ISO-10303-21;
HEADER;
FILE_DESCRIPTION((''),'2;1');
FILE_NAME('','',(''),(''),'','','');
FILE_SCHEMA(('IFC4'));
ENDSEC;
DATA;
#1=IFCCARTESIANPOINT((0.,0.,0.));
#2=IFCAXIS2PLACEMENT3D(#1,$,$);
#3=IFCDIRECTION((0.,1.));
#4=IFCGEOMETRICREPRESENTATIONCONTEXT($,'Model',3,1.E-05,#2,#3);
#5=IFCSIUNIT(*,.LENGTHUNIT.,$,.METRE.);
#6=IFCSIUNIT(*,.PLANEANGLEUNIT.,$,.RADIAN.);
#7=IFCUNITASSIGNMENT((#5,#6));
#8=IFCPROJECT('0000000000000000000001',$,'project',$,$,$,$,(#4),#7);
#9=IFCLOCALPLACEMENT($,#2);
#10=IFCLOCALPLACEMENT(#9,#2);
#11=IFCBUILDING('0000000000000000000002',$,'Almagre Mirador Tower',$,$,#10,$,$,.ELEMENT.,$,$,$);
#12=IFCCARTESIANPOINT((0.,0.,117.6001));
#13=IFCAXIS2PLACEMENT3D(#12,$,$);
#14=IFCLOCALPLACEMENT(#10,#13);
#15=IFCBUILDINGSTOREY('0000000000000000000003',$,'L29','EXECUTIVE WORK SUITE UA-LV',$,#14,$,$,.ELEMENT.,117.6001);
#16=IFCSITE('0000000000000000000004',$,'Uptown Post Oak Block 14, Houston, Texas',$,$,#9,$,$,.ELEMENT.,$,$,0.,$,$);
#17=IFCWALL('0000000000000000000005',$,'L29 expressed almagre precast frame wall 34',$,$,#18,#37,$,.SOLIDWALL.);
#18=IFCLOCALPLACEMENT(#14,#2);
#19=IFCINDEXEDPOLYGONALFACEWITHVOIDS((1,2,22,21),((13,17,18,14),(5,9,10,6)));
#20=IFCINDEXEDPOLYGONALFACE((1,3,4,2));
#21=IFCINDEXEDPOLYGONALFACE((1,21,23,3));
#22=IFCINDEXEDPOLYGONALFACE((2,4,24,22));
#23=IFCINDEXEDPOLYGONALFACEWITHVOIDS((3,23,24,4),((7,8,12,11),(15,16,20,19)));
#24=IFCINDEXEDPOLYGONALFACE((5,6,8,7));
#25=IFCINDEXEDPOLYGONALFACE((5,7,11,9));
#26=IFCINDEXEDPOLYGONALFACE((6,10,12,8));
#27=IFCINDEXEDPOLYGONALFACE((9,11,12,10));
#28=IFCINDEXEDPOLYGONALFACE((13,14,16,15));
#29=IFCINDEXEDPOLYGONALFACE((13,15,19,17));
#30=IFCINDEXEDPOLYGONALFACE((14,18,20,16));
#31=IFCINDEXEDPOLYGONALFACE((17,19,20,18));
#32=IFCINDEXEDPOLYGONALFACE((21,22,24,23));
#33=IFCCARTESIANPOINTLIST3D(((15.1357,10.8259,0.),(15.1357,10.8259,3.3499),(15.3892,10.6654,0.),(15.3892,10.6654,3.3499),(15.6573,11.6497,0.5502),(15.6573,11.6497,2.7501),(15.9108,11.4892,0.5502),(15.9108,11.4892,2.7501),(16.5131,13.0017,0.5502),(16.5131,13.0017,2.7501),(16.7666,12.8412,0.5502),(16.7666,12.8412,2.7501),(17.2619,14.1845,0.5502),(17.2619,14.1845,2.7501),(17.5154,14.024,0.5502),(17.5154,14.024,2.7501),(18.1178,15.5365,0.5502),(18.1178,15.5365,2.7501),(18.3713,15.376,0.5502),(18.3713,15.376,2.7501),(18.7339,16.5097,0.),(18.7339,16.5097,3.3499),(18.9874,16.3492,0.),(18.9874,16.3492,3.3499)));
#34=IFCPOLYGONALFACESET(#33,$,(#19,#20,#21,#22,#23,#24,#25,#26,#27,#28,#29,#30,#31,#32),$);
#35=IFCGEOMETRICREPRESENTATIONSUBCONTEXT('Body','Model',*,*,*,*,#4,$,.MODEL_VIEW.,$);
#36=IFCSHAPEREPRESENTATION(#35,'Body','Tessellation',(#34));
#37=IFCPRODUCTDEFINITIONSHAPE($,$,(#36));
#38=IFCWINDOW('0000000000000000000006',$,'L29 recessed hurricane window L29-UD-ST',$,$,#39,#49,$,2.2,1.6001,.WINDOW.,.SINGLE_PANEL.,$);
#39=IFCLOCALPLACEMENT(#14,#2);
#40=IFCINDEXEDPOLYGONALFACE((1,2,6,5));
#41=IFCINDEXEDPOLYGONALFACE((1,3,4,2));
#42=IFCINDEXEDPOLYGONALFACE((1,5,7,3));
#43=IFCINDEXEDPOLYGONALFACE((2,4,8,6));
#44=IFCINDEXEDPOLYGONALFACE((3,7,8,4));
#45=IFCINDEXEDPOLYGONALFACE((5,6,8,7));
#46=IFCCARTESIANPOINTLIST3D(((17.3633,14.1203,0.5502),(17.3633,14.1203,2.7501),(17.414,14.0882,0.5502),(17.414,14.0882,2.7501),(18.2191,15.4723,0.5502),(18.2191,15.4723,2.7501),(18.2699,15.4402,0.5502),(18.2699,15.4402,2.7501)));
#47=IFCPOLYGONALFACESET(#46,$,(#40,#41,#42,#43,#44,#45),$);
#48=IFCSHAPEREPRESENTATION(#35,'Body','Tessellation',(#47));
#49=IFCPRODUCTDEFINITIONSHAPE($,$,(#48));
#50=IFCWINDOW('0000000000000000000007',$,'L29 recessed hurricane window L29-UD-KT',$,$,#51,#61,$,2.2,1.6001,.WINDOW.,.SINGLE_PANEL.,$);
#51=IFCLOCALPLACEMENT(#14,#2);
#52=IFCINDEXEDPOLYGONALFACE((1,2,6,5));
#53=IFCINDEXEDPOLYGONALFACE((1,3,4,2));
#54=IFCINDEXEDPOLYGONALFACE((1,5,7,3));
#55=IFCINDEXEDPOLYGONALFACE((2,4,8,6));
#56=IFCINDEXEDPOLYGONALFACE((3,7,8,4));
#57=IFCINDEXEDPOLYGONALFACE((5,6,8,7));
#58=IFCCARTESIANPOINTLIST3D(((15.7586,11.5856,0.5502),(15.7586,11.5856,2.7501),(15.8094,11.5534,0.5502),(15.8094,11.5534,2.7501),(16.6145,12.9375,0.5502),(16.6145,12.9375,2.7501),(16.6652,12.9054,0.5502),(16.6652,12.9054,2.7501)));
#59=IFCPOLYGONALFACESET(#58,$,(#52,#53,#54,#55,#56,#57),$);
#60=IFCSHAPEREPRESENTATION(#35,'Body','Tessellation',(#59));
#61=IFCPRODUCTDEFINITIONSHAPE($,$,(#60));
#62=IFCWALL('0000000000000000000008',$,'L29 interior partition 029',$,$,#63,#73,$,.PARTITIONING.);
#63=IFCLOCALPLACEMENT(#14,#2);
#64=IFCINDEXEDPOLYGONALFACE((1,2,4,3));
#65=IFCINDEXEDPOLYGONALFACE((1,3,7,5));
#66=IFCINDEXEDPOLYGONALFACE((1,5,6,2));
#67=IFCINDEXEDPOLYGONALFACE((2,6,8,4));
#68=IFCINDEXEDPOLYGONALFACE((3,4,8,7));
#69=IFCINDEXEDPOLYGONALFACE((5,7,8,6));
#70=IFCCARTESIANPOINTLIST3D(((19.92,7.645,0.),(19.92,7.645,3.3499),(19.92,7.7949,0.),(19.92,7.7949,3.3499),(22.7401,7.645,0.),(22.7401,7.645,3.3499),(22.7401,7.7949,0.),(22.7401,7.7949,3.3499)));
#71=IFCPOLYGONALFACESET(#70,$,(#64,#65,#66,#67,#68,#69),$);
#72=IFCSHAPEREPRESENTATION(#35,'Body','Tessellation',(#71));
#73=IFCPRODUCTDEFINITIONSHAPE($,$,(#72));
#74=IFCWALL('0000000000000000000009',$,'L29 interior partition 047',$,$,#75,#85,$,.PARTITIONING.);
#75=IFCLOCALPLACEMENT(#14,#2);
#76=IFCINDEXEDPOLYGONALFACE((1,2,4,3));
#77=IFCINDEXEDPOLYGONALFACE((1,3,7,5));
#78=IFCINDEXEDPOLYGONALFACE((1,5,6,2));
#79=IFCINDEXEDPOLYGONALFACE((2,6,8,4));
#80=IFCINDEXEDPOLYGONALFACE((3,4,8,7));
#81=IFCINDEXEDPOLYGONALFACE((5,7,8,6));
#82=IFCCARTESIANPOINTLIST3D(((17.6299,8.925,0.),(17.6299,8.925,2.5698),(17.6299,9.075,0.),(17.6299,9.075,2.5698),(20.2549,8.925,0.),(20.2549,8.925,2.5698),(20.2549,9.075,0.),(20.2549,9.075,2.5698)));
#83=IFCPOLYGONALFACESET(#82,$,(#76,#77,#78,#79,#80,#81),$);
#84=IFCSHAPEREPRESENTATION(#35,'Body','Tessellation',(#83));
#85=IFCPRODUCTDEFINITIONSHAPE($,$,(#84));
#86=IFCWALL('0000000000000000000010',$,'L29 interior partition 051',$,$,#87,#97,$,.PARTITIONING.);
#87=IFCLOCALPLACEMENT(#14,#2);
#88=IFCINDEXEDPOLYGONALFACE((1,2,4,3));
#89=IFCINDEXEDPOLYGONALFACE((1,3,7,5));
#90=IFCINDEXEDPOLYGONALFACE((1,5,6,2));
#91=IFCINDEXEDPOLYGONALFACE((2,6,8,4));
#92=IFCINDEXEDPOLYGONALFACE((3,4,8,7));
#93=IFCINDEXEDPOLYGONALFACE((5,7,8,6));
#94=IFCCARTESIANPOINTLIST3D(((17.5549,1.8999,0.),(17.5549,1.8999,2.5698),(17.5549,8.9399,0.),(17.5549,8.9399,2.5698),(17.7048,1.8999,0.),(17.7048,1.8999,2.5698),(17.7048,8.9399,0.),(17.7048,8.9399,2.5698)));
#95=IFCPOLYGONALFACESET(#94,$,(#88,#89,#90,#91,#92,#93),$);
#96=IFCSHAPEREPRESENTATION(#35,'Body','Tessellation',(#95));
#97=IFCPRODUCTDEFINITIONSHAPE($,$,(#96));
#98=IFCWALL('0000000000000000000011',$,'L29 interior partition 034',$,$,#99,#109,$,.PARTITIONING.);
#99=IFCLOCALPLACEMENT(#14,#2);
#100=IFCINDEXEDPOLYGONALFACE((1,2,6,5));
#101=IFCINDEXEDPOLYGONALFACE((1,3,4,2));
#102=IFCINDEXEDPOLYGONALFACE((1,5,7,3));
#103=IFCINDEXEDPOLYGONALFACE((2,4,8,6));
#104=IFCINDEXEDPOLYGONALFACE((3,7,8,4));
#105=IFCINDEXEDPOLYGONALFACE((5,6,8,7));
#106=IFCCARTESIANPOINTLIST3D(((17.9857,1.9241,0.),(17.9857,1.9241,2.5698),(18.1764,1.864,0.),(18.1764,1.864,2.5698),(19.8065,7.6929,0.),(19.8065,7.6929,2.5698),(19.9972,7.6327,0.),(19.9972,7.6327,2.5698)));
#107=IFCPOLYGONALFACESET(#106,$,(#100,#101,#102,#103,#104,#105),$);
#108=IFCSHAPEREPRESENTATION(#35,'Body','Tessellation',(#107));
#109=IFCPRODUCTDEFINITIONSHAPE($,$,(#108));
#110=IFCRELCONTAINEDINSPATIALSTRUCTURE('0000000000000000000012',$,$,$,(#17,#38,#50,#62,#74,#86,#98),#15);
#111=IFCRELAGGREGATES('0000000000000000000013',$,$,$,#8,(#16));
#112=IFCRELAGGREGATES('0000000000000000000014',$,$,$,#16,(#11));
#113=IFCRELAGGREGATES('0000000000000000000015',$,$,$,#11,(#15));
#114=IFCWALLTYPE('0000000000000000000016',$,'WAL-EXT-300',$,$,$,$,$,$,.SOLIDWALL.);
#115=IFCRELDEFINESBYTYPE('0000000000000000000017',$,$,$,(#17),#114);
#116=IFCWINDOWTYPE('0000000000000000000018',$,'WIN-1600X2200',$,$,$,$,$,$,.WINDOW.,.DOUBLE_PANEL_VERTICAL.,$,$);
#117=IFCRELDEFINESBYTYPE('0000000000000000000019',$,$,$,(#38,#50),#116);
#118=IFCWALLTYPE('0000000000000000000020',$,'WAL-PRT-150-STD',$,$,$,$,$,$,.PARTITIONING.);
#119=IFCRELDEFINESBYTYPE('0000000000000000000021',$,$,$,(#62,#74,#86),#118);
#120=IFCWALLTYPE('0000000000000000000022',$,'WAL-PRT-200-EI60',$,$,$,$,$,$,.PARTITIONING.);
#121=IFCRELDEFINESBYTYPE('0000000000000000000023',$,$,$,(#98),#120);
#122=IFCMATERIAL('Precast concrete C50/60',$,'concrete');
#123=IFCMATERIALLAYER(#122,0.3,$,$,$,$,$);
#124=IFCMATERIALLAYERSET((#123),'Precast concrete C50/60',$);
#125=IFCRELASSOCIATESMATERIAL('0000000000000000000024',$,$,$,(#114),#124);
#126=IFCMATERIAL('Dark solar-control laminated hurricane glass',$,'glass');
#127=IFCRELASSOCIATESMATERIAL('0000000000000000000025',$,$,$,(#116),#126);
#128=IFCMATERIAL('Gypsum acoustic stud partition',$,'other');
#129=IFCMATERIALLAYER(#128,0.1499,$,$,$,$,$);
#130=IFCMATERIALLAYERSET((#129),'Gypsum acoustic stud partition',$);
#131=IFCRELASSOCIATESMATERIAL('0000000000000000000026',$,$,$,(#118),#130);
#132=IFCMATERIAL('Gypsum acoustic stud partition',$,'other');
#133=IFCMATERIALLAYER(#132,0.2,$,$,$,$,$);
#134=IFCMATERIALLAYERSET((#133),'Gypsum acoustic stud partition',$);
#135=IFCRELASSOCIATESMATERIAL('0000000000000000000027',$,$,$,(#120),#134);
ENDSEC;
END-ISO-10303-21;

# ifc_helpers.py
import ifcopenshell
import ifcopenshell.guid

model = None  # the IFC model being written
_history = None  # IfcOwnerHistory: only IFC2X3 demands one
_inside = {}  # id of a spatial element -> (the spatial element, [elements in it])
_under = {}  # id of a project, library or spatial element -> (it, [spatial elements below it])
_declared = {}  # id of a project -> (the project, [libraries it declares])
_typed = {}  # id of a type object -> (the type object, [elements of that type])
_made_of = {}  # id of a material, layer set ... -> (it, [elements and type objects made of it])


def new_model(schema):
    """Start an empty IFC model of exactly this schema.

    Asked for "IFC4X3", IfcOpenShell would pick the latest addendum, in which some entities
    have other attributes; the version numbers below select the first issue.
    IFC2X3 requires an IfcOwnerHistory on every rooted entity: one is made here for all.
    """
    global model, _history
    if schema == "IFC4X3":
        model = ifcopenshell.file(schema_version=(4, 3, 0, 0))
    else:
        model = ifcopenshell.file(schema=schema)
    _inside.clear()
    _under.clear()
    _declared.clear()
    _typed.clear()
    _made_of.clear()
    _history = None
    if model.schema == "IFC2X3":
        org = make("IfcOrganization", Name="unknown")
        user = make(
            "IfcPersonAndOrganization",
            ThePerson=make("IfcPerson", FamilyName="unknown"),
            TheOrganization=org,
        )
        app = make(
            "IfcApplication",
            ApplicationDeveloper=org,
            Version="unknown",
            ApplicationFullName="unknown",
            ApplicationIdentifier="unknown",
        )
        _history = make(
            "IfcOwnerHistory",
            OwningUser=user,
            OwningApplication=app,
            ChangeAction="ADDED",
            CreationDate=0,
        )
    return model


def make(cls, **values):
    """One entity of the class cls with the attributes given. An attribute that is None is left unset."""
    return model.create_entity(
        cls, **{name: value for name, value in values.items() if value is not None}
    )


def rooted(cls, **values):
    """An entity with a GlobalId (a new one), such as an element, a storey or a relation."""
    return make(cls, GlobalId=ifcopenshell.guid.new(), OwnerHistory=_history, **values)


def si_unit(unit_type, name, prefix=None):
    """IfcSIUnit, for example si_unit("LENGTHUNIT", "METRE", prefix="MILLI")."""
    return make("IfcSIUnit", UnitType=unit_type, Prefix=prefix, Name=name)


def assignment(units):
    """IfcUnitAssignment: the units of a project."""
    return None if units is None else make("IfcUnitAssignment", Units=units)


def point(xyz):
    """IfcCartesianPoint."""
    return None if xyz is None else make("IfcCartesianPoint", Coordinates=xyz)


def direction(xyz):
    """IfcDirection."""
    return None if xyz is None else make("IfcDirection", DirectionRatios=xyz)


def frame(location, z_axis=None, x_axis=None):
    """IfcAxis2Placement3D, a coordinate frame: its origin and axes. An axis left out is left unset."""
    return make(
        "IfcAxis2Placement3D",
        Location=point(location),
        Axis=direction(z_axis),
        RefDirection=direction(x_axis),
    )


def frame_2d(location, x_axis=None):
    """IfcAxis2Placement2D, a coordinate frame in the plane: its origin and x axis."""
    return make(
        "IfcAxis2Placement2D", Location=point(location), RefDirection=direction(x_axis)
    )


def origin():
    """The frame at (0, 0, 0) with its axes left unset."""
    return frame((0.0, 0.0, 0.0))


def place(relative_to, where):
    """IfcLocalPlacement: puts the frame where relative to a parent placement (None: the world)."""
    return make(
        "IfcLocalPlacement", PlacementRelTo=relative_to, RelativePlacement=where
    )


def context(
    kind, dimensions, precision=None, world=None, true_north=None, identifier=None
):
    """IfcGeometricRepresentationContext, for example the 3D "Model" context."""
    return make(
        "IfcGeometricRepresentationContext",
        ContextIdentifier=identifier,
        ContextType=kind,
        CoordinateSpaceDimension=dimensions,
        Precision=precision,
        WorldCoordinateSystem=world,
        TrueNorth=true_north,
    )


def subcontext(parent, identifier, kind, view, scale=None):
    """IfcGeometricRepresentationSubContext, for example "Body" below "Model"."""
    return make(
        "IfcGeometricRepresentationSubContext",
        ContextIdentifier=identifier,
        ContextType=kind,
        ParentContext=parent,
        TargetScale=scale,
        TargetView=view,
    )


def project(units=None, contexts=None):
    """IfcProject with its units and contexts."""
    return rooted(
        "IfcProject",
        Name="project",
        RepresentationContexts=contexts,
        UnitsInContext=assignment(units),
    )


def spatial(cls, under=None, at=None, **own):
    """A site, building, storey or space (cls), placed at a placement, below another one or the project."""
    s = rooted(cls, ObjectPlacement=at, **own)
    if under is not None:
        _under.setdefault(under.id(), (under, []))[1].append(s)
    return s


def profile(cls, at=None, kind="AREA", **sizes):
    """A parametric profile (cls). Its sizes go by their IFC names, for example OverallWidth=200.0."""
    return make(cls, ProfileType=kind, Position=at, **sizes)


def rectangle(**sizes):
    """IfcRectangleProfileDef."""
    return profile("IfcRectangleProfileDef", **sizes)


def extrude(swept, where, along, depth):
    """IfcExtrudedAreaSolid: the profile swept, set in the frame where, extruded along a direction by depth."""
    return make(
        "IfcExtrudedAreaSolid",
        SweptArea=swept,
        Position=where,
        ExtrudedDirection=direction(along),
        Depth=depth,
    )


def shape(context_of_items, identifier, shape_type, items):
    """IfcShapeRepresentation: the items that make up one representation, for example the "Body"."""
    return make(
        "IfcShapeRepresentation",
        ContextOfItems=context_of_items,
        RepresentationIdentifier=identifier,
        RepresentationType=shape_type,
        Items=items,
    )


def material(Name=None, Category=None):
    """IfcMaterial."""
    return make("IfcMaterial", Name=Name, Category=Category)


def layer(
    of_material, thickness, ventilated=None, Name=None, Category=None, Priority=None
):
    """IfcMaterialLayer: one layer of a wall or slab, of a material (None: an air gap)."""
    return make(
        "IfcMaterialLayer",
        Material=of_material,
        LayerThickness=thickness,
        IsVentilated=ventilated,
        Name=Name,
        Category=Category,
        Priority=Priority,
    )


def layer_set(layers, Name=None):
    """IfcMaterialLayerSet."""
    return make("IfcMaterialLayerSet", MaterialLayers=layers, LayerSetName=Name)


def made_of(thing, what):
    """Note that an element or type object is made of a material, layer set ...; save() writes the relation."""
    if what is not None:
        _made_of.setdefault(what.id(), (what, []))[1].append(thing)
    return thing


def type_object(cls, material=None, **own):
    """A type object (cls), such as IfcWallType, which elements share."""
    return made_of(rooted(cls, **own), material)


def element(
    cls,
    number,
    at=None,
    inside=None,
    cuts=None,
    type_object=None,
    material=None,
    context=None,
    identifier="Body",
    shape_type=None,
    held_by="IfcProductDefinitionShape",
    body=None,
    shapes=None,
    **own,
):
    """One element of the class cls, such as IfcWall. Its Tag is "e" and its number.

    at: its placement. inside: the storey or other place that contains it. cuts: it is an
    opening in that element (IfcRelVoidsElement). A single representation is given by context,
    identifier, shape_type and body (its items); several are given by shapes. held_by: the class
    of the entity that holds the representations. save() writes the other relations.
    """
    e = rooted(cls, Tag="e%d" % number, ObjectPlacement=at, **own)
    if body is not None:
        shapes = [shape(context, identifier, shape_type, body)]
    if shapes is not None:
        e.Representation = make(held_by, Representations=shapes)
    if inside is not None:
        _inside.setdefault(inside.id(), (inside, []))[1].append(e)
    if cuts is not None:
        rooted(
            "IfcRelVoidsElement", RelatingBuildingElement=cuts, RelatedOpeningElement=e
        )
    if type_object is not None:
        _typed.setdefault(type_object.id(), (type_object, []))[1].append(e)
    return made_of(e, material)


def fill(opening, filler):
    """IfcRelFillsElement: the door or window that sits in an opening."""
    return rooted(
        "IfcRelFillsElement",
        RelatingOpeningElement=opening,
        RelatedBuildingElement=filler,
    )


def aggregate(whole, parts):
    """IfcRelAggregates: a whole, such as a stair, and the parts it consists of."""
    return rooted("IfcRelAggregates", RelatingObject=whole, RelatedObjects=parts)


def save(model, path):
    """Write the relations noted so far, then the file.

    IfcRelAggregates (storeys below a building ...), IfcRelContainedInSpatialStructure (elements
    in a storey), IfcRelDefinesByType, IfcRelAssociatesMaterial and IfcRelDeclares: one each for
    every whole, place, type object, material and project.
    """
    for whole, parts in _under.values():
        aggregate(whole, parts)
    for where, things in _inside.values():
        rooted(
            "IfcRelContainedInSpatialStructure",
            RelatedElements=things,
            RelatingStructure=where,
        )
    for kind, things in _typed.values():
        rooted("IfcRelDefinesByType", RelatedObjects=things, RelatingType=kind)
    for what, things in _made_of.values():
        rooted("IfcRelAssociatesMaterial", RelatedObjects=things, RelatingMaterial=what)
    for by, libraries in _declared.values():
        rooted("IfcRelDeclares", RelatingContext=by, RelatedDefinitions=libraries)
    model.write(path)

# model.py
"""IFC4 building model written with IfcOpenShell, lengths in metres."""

from ifc_helpers import new_model, si_unit, direction, frame, frame_2d, origin, place, context, subcontext, project, spatial, rectangle, extrude, material, layer, layer_set, type_object, element, fill, save


model = new_model("IFC4")

# Units and contexts
model_context = context("Model", 3, precision=1e-05, world=origin(), true_north=direction((0.0, 1.0)))
body_context = subcontext(model_context, "Body", "Model", "MODEL_VIEW")
ifc_project = project(units=[si_unit("LENGTHUNIT", "METRE"), si_unit("PLANEANGLEUNIT", "RADIAN")], contexts=[model_context])

# Site, building, storey
site_placement = place(None, origin())
site = spatial("IfcSite", under=ifc_project, at=site_placement, Name="Uptown Post Oak Block 14, Houston, Texas", CompositionType="ELEMENT", RefElevation=0.0)
building_placement = place(site_placement, origin())
building = spatial("IfcBuilding", under=site, at=building_placement, Name="Almagre Mirador Tower", CompositionType="ELEMENT")
storey_placement = place(building_placement, frame((0.0, 0.0, 117.6001)))
storey = spatial("IfcBuildingStorey", under=building, at=storey_placement, Name="L29", Description="EXECUTIVE WORK SUITE UA-LV", CompositionType="ELEMENT", Elevation=117.6001)

# Shared definitions
ifc_material_1 = material(Name="Precast concrete C50/60", Category="concrete")
ifc_layer_1 = layer(ifc_material_1, 0.3)
ifc_layer_set_1 = layer_set([ifc_layer_1], Name="Precast concrete C50/60")
wall_type_1 = type_object("IfcWallType", Name="WAL-EXT-300", PredefinedType="SOLIDWALL", material=ifc_layer_set_1)

# Wall, openings, windows
wall_1_placement = place(storey_placement, frame((15.2625, 10.7456, 0.0), z_axis=(0.0, 0.0, 1.0), x_axis=(0.53488, 0.844928, 0.0)))
wall_1 = element("IfcWall", 1, at=wall_1_placement, inside=storey, type_object=wall_type_1, Name="L29 expressed almagre precast frame wall 34", PredefinedType="SOLIDWALL", context=body_context, shape_type="SweptSolid", body=[
    extrude(rectangle(XDim=6.7271, YDim=0.3, at=frame_2d((3.3635, 0.0))), origin(), (0.0, 0.0, 1.0), 3.3499),
])
opening_1_placement = place(wall_1_placement, frame((3.9751, 0.0, 0.55)))
opening_1 = element("IfcOpeningElement", 2, at=opening_1_placement, cuts=wall_1, PredefinedType="OPENING", context=body_context, shape_type="SweptSolid", body=[
    extrude(rectangle(XDim=1.6001, YDim=2.2, at=frame_2d((0.8, 1.1001))), frame((0.0, 0.1599, 0.0), z_axis=(0.0, -1.0, 0.0), x_axis=(1.0, 0.0, 0.0)), (0.0, 0.0, 1.0), 0.32),
])
opening_2_placement = place(wall_1_placement, frame((0.9751, 0.0, 0.55)))
opening_2 = element("IfcOpeningElement", 3, at=opening_2_placement, cuts=wall_1, PredefinedType="OPENING", context=body_context, shape_type="SweptSolid", body=[
    extrude(rectangle(XDim=1.6001, YDim=2.2, at=frame_2d((0.8, 1.1001))), frame((0.0, 0.1599, 0.0), z_axis=(0.0, -1.0, 0.0), x_axis=(1.0, 0.0, 0.0)), (0.0, 0.0, 1.0), 0.32),
])
ifc_material_2 = material(Name="Dark solar-control laminated hurricane glass", Category="glass")
window_type_1 = type_object("IfcWindowType", Name="WIN-1600X2200", PartitioningType="DOUBLE_PANEL_VERTICAL", PredefinedType="WINDOW", material=ifc_material_2)
window_1_placement = place(opening_1_placement, origin())
window_1 = element("IfcWindow", 4, at=window_1_placement, inside=storey, type_object=window_type_1, Name="L29 recessed hurricane window L29-UD-ST", OverallHeight=2.2, OverallWidth=1.6001, PartitioningType="SINGLE_PANEL", PredefinedType="WINDOW", context=body_context, shape_type="SweptSolid", body=[
    extrude(rectangle(XDim=1.6001, YDim=2.2, at=frame_2d((0.8, 1.1001))), frame((0.0, 0.03, 0.0), z_axis=(0.0, -1.0, 0.0), x_axis=(1.0, 0.0, 0.0)), (0.0, 0.0, 1.0), 0.0601),
])
fill(opening_1, window_1)
window_2_placement = place(opening_2_placement, origin())
window_2 = element("IfcWindow", 5, at=window_2_placement, inside=storey, type_object=window_type_1, Name="L29 recessed hurricane window L29-UD-KT", OverallHeight=2.2, OverallWidth=1.6001, PartitioningType="SINGLE_PANEL", PredefinedType="WINDOW", context=body_context, shape_type="SweptSolid", body=[
    extrude(rectangle(XDim=1.6001, YDim=2.2, at=frame_2d((0.8, 1.1001))), frame((0.0, 0.03, 0.0), z_axis=(0.0, -1.0, 0.0), x_axis=(1.0, 0.0, 0.0)), (0.0, 0.0, 1.0), 0.0601),
])
fill(opening_2, window_2)

# Walls
ifc_material_3 = material(Name="Gypsum acoustic stud partition", Category="other")
ifc_layer_2 = layer(ifc_material_3, 0.1499)
ifc_layer_set_2 = layer_set([ifc_layer_2], Name="Gypsum acoustic stud partition")
wall_type_2 = type_object("IfcWallType", Name="WAL-PRT-150-STD", PredefinedType="PARTITIONING", material=ifc_layer_set_2)
wall_2_placement = place(storey_placement, frame((19.9199, 7.72, 0.0), z_axis=(0.0, 0.0, 1.0), x_axis=(1.0, 0.0, 0.0)))
element("IfcWall", 6, at=wall_2_placement, inside=storey, type_object=wall_type_2, Name="L29 interior partition 029", PredefinedType="PARTITIONING", context=body_context, shape_type="SweptSolid", body=[
    extrude(rectangle(XDim=2.8201, YDim=0.1499, at=frame_2d((1.4102, 0.0))), origin(), (0.0, 0.0, 1.0), 3.3499),
])
wall_3_placement = place(storey_placement, frame((17.6299, 9.0, 0.0), z_axis=(0.0, 0.0, 1.0), x_axis=(1.0, 0.0, 0.0)))
element("IfcWall", 7, at=wall_3_placement, inside=storey, type_object=wall_type_2, Name="L29 interior partition 047", PredefinedType="PARTITIONING", context=body_context, shape_type="SweptSolid", body=[
    extrude(rectangle(XDim=2.625, YDim=0.1499, at=frame_2d((1.3125, 0.0))), origin(), (0.0, 0.0, 1.0), 2.5698),
])
wall_4_placement = place(storey_placement, frame((17.6299, 8.9399, 0.0), z_axis=(0.0, 0.0, 1.0), x_axis=(0.0, -1.0, 0.0)))
element("IfcWall", 8, at=wall_4_placement, inside=storey, type_object=wall_type_2, Name="L29 interior partition 051", PredefinedType="PARTITIONING", context=body_context, shape_type="SweptSolid", body=[
    extrude(rectangle(XDim=7.04, YDim=0.1499, at=frame_2d((3.52, 0.0))), origin(), (0.0, 0.0, 1.0), 2.5698),
])
ifc_material_4 = material(Name="Gypsum acoustic stud partition", Category="other")
ifc_layer_3 = layer(ifc_material_4, 0.2)
ifc_layer_set_3 = layer_set([ifc_layer_3], Name="Gypsum acoustic stud partition")
wall_type_3 = type_object("IfcWallType", Name="WAL-PRT-200-EI60", PredefinedType="PARTITIONING", material=ifc_layer_set_3)
wall_5_placement = place(storey_placement, frame((19.9019, 7.6628, 0.0), z_axis=(0.0, 0.0, 1.0), x_axis=(-0.300992, -0.953627, 0.0)))
element("IfcWall", 9, at=wall_5_placement, inside=storey, type_object=wall_type_3, Name="L29 interior partition 034", PredefinedType="PARTITIONING", context=body_context, shape_type="SweptSolid", body=[
    extrude(rectangle(XDim=6.0493, YDim=0.2, at=frame_2d((3.0247, 0.0))), origin(), (0.0, 0.0, 1.0), 2.5698),
])

save(model, "model.ifc")
